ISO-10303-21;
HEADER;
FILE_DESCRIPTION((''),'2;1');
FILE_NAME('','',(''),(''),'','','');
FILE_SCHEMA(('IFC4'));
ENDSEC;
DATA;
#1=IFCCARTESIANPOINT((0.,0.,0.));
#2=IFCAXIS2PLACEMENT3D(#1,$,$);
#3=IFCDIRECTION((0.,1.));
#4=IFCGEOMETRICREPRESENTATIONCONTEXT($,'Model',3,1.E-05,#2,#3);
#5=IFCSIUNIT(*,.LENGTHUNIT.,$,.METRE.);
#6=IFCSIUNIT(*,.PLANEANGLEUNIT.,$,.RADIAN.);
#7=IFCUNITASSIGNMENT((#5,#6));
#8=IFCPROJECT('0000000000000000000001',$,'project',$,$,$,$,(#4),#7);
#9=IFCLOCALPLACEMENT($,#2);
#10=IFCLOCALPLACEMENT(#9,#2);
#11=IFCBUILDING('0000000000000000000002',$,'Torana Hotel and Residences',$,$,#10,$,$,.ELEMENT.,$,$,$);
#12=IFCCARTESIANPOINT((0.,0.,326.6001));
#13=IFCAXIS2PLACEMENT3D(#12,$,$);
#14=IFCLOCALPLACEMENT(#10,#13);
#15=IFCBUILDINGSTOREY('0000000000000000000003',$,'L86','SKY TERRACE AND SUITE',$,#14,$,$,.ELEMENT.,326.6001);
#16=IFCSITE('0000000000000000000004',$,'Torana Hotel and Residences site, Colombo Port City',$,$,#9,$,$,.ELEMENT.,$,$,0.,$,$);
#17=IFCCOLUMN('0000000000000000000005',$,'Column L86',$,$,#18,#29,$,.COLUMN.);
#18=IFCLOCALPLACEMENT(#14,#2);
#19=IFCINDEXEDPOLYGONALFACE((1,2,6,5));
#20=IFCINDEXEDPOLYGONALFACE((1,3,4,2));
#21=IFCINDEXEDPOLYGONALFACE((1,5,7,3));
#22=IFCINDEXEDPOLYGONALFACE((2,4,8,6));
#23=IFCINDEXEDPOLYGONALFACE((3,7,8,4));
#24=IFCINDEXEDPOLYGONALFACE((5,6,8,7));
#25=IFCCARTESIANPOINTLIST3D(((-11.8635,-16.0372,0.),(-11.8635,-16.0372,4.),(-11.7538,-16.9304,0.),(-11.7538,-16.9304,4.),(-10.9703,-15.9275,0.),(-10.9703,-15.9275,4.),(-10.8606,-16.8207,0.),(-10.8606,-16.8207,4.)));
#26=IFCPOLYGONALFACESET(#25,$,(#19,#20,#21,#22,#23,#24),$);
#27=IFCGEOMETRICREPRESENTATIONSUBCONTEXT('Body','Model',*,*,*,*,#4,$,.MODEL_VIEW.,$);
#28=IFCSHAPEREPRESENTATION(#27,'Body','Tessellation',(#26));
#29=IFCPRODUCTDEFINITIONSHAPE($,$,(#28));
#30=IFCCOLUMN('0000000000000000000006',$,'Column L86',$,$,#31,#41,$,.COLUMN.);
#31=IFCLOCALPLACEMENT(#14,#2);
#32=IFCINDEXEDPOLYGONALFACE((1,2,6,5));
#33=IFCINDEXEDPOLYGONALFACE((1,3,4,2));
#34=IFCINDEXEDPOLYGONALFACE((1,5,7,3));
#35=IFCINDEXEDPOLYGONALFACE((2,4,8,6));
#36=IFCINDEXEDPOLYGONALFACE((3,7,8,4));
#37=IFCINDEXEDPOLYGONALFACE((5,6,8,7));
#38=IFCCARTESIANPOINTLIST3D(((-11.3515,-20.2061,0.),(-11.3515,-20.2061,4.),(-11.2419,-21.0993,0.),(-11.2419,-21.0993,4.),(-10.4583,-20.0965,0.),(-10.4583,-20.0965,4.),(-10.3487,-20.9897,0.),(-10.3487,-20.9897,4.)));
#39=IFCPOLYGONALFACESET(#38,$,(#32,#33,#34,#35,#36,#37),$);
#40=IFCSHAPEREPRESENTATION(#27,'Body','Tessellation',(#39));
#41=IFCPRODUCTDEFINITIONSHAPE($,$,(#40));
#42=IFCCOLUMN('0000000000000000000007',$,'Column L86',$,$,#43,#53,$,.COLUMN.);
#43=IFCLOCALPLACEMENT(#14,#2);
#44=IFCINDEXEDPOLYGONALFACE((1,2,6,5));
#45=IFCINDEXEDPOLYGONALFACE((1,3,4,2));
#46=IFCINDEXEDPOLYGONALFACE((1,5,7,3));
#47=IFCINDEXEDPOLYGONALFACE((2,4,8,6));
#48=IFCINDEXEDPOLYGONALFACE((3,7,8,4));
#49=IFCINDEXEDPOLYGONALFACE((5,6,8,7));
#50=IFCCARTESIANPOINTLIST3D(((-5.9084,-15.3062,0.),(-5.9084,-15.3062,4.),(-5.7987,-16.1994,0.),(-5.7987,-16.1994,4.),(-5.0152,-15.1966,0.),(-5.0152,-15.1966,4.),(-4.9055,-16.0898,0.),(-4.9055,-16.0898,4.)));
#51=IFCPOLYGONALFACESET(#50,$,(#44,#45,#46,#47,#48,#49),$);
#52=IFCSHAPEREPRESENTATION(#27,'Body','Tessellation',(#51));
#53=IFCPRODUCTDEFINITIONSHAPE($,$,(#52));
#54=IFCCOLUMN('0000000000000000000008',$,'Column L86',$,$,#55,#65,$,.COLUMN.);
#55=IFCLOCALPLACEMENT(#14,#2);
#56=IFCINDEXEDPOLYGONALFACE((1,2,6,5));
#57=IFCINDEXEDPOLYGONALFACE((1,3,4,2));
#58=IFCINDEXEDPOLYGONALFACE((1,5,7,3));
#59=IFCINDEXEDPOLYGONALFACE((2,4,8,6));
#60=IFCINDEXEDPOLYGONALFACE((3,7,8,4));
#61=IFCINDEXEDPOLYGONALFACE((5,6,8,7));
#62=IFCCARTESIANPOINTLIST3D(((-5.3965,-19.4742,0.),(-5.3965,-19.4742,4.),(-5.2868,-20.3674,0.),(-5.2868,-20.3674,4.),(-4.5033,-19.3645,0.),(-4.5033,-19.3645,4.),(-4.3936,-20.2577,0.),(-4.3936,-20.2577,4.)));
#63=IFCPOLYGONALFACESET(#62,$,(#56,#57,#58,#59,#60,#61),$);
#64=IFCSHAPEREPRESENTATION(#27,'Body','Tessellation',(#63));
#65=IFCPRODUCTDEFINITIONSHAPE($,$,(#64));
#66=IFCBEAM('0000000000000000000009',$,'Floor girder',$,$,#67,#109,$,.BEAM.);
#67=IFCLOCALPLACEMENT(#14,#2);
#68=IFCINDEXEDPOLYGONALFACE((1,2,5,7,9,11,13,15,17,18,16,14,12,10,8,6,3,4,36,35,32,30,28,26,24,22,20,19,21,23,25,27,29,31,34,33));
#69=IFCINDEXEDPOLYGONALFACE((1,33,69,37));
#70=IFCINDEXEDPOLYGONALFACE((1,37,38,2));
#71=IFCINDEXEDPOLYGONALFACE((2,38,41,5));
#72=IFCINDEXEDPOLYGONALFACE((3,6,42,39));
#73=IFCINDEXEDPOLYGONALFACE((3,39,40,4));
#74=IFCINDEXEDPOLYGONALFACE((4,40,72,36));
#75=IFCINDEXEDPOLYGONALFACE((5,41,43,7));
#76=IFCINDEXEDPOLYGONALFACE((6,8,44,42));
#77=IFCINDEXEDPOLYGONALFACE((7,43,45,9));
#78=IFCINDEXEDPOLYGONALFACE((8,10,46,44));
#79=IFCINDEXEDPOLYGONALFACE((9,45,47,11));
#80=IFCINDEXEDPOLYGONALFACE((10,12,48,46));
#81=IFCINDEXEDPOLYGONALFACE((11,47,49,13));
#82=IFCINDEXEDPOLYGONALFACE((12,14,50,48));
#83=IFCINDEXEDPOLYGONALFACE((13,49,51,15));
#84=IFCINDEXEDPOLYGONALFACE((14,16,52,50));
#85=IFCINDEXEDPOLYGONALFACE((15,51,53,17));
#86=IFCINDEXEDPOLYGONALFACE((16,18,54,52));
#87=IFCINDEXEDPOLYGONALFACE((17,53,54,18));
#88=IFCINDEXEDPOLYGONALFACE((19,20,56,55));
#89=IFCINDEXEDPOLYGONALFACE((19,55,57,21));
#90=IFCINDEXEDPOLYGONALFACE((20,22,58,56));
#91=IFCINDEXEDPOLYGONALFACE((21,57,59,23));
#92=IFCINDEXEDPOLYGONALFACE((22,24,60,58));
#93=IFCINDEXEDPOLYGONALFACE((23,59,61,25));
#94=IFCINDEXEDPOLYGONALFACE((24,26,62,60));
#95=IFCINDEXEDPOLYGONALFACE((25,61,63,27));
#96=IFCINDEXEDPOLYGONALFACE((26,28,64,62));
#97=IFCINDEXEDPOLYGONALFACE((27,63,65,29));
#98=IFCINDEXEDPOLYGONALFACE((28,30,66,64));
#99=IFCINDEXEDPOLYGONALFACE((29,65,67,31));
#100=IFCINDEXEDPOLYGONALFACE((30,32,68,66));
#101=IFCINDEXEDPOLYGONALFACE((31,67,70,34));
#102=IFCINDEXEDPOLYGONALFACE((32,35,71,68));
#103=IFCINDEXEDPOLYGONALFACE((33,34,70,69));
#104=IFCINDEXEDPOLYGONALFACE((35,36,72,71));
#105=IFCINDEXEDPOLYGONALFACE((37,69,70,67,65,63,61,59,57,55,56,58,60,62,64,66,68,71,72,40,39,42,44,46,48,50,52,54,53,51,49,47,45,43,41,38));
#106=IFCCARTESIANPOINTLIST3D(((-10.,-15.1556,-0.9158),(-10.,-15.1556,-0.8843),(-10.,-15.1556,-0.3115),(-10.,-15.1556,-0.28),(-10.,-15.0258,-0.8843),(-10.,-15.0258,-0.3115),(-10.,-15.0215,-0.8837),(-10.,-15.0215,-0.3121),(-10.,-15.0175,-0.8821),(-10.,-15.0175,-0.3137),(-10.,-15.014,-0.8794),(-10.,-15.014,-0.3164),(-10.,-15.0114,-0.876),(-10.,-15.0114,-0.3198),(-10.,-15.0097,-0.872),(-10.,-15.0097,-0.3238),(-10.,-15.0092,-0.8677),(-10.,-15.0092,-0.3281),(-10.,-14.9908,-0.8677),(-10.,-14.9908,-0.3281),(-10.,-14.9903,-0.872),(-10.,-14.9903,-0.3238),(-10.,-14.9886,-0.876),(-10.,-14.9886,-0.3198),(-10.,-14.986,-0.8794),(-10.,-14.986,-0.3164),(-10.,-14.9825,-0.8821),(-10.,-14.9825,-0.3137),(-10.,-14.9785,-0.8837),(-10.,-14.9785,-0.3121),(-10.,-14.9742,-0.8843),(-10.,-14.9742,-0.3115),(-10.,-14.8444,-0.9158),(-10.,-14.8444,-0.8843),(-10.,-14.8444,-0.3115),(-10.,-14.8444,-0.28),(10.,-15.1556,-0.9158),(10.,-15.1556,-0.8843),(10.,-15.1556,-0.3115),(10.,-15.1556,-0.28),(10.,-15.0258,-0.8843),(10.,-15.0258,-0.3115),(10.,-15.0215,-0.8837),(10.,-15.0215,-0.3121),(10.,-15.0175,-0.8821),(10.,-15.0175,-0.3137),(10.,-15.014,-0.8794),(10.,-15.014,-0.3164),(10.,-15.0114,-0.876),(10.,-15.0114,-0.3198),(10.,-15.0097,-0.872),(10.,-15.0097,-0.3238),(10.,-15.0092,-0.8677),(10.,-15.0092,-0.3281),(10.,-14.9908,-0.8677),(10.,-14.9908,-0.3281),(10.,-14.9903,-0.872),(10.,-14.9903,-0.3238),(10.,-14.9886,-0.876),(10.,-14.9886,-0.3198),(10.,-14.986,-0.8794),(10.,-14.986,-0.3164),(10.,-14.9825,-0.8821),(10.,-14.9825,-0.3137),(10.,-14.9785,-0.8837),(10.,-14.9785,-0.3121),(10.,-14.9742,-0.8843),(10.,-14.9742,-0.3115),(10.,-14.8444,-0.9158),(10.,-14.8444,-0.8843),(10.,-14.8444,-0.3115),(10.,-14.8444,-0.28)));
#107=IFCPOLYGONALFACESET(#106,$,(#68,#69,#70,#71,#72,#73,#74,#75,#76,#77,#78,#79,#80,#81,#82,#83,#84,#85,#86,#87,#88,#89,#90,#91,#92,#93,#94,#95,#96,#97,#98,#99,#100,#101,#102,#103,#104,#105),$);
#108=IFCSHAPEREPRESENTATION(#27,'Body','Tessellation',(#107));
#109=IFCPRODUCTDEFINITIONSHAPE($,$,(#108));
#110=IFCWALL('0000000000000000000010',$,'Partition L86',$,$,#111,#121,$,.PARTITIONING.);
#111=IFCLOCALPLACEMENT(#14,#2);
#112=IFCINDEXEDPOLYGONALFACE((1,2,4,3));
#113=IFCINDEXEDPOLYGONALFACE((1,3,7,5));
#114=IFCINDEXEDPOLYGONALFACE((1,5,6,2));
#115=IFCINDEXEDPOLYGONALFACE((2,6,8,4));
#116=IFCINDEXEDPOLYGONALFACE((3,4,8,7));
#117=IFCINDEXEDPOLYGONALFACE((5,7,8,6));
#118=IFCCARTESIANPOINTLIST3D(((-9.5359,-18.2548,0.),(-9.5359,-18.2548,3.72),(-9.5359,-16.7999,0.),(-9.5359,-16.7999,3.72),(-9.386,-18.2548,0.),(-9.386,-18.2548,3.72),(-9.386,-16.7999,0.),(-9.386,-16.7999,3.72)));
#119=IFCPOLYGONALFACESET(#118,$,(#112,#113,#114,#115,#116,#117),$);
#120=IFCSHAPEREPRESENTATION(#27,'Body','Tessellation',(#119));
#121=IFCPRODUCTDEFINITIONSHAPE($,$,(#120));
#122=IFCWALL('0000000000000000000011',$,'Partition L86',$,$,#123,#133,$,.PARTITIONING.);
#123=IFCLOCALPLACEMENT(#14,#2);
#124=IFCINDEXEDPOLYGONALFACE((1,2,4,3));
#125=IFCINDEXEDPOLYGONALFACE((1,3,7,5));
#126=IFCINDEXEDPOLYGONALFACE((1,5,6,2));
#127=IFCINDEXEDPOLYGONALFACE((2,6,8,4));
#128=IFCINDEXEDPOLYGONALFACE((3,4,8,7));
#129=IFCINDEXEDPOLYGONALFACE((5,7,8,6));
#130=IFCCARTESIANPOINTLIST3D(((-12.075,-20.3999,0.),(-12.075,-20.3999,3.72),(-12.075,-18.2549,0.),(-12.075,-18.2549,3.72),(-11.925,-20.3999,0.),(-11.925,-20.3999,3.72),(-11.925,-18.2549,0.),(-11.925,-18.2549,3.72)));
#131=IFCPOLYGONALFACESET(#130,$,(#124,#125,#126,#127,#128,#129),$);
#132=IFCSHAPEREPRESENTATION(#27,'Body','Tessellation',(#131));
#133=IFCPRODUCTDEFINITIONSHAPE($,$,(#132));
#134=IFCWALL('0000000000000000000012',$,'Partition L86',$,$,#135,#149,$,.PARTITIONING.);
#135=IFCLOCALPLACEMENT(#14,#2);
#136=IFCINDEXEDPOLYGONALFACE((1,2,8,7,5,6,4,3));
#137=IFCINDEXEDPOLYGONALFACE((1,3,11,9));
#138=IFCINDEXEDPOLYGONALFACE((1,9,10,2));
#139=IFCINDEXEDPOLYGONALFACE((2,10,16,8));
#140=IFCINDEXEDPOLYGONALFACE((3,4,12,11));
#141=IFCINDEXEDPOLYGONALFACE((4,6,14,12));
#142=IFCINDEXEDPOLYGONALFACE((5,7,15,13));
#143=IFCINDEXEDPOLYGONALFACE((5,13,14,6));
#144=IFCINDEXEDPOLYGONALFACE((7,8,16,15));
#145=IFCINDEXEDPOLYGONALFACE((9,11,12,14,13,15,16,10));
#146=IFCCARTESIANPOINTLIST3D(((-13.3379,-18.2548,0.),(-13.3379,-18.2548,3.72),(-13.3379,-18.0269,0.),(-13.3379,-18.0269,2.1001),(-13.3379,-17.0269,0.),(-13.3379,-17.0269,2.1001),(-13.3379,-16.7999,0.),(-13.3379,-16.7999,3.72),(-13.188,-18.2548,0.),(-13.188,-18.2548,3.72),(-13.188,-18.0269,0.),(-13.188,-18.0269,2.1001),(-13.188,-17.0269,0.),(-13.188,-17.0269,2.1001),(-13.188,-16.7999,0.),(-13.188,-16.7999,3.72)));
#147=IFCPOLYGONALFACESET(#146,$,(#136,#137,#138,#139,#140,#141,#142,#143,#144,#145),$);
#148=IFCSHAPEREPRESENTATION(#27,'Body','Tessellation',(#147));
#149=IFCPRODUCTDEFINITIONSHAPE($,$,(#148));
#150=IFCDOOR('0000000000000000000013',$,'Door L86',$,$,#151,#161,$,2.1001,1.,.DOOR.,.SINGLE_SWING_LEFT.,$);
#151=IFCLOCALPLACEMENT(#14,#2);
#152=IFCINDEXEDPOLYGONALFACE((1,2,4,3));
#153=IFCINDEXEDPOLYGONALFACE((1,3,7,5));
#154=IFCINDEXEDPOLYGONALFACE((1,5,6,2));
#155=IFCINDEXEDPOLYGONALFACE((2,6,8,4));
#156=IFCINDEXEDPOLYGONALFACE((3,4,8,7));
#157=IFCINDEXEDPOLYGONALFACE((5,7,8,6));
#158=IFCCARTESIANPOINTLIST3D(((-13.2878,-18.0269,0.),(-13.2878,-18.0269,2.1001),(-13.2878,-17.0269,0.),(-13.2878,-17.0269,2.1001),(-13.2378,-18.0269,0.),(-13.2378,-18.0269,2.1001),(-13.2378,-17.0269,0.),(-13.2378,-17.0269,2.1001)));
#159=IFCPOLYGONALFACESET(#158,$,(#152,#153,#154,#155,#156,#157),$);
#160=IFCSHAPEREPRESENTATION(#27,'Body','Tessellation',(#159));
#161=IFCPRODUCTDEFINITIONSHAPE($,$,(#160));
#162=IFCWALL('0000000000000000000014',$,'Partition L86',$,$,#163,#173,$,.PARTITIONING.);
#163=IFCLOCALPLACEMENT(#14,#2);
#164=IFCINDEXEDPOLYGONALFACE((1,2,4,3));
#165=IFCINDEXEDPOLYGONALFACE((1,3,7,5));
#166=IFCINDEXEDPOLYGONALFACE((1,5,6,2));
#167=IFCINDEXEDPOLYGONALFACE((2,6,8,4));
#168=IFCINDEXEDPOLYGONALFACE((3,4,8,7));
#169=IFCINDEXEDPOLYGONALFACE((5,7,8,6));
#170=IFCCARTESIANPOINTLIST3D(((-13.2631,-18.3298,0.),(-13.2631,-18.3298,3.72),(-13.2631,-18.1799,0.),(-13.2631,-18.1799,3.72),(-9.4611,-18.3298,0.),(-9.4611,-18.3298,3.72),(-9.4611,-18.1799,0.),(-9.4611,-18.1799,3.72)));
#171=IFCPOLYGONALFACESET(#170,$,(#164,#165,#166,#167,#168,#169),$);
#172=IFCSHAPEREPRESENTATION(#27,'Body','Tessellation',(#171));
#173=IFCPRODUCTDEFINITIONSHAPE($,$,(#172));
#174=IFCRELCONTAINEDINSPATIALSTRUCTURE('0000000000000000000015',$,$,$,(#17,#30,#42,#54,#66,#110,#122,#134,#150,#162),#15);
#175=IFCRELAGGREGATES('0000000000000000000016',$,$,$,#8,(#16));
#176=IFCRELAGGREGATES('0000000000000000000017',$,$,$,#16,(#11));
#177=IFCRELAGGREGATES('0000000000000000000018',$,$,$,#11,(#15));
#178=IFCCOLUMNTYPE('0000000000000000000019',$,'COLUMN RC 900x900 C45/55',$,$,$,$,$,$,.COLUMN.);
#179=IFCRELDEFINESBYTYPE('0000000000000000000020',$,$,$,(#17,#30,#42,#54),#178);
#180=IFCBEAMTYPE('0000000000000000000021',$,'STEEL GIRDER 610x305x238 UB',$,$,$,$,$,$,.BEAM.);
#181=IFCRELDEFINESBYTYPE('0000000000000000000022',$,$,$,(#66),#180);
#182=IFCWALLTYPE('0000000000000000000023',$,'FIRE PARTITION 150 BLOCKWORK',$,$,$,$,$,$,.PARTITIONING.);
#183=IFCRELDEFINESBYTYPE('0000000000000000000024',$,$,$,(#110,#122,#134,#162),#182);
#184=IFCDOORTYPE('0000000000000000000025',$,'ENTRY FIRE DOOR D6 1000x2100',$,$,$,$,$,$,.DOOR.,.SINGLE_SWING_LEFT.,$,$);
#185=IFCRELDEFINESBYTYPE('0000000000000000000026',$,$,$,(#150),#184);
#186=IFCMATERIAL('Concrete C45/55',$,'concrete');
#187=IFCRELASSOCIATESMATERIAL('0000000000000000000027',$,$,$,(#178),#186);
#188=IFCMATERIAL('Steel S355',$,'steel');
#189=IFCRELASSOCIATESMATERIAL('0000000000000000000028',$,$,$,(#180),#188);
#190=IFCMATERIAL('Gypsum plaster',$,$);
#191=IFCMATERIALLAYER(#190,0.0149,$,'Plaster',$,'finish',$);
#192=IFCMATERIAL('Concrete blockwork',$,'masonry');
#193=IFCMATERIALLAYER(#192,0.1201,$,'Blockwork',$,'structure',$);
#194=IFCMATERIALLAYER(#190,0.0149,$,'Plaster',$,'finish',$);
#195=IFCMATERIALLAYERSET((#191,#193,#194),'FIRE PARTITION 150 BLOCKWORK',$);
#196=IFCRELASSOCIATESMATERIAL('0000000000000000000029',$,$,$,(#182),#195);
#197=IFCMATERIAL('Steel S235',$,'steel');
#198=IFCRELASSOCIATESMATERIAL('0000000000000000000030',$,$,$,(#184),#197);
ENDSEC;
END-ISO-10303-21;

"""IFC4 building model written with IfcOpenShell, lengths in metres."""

from ifc_helpers import new_model, si_unit, direction, frame, frame_2d, origin, origin_2d, place, context, subcontext, project, spatial, rectangle, i_section, extrude, material, layer, layer_set, material_profile, profile_set, type_object, element, fill, save


model = new_model("IFC4")

# Units and contexts
model_context = context("Model", 3, precision=1e-05, world=origin(), true_north=direction((0.0, 1.0)))
body_context = subcontext(model_context, "Body", "Model", "MODEL_VIEW")
ifc_project = project(units=[si_unit("LENGTHUNIT", "METRE"), si_unit("PLANEANGLEUNIT", "RADIAN")], contexts=[model_context])

# Site, building, storey
site_placement = place(None, origin())
site = spatial("IfcSite", under=ifc_project, at=site_placement, Name="Torana Hotel and Residences site, Colombo Port City", CompositionType="ELEMENT", RefElevation=0.0)
building_placement = place(site_placement, origin())
building = spatial("IfcBuilding", under=site, at=building_placement, Name="Torana Hotel and Residences", CompositionType="ELEMENT")
storey_placement = place(building_placement, frame((0.0, 0.0, 326.6001)))
storey = spatial("IfcBuildingStorey", under=building, at=storey_placement, Name="L86", Description="SKY TERRACE AND SUITE", CompositionType="ELEMENT", Elevation=326.6001)

# Columns
ifc_material_1 = material(Name="Concrete C45/55", Category="concrete")
ifc_material_profile_1 = material_profile(ifc_material_1, rectangle(XDim=0.8999, YDim=0.8999, at=origin_2d()), Name="RC 900x900")
ifc_profile_set_1 = profile_set([ifc_material_profile_1], Name="Concrete C45/55")
column_type = type_object("IfcColumnType", Name="COLUMN RC 900x900 C45/55", PredefinedType="COLUMN", material=ifc_profile_set_1)
for number, where, z_axis, x_axis, name in (
    (1, (-11.3621, -16.429, 0.0), (0.0, 0.0, 1.0), (0.992546, 0.121869, 0.0), "Column L86"),
    (2, (-10.8501, -20.5979, 0.0), (0.0, 0.0, 1.0), (0.992546, 0.121869, 0.0), "Column L86"),
    (3, (-5.407, -15.698, 0.0), (0.0, 0.0, 1.0), (0.992546, 0.121869, 0.0), "Column L86"),
    (4, (-4.895, -19.866, 0.0), (0.0, 0.0, 1.0), (0.992546, 0.121869, 0.0), "Column L86"),
):
    element("IfcColumn", number, at=place(storey_placement, frame(where, z_axis=z_axis, x_axis=x_axis)), inside=storey, type_object=column_type, Name=name, PredefinedType="COLUMN", context=body_context, shape_type="SweptSolid", body=[
        extrude(rectangle(XDim=0.8999, YDim=0.8999, at=origin_2d()), origin(), (0.0, 0.0, 1.0), 4.0),
    ])

# Beam
ifc_material_2 = material(Name="Steel S355", Category="steel")
ifc_material_profile_2 = material_profile(ifc_material_2, i_section(OverallWidth=0.3113, OverallDepth=0.6357, WebThickness=0.0183, FlangeThickness=0.0315, FilletRadius=0.0166, at=origin_2d()), Name="610x305x238 UB")
ifc_profile_set_2 = profile_set([ifc_material_profile_2], Name="Steel S355")
beam_type = type_object("IfcBeamType", Name="STEEL GIRDER 610x305x238 UB", PredefinedType="BEAM", material=ifc_profile_set_2)
beam_placement = place(storey_placement, frame((-10.0, -15.0, -0.5979), z_axis=(1.0, 0.0, 0.0), x_axis=(0.0, 1.0, 0.0)))
element("IfcBeam", 5, at=beam_placement, inside=storey, type_object=beam_type, Name="Floor girder", PredefinedType="BEAM", context=body_context, shape_type="SweptSolid", body=[
    extrude(i_section(OverallWidth=0.3113, OverallDepth=0.6357, WebThickness=0.0183, FlangeThickness=0.0315, FilletRadius=0.0166, at=origin_2d()), origin(), (0.0, 0.0, 1.0), 20.0),
])

# Walls
ifc_material_3 = material(Name="Gypsum plaster")
ifc_layer_1 = layer(ifc_material_3, 0.0149, Name="Plaster", Category="finish")
ifc_material_4 = material(Name="Concrete blockwork", Category="masonry")
ifc_layer_2 = layer(ifc_material_4, 0.1201, Name="Blockwork", Category="structure")
ifc_layer_3 = layer(ifc_material_3, 0.0149, Name="Plaster", Category="finish")
ifc_layer_set_1 = layer_set([ifc_layer_1, ifc_layer_2, ifc_layer_3], Name="FIRE PARTITION 150 BLOCKWORK")
wall_type_1 = type_object("IfcWallType", Name="FIRE PARTITION 150 BLOCKWORK", PredefinedType="PARTITIONING", material=ifc_layer_set_1)
wall_1_placement = place(storey_placement, frame((-9.4609, -18.2549, 0.0), z_axis=(0.0, 0.0, 1.0), x_axis=(0.0, 1.0, 0.0)))
element("IfcWall", 6, at=wall_1_placement, inside=storey, type_object=wall_type_1, Name="Partition L86", PredefinedType="PARTITIONING", context=body_context, shape_type="SweptSolid", body=[
    extrude(rectangle(XDim=1.4548, YDim=0.1499, at=frame_2d((0.7275, 0.0))), origin(), (0.0, 0.0, 1.0), 3.72),
])
wall_2_placement = place(storey_placement, frame((-12.0, -20.3999, 0.0), z_axis=(0.0, 0.0, 1.0), x_axis=(0.0, 1.0, 0.0)))
element("IfcWall", 7, at=wall_2_placement, inside=storey, type_object=wall_type_1, Name="Partition L86", PredefinedType="PARTITIONING", context=body_context, shape_type="SweptSolid", body=[
    extrude(rectangle(XDim=2.145, YDim=0.1499, at=frame_2d((1.0725, 0.0))), origin(), (0.0, 0.0, 1.0), 3.72),
])

# Wall, opening, door
wall_3_placement = place(storey_placement, frame((-13.2629, -18.2549, 0.0), z_axis=(0.0, 0.0, 1.0), x_axis=(0.0, 1.0, 0.0)))
wall_3 = element("IfcWall", 8, at=wall_3_placement, inside=storey, type_object=wall_type_1, Name="Partition L86", PredefinedType="PARTITIONING", context=body_context, shape_type="SweptSolid", body=[
    extrude(rectangle(XDim=1.4548, YDim=0.1499, at=frame_2d((0.7275, 0.0))), origin(), (0.0, 0.0, 1.0), 3.72),
])
opening_1_placement = place(wall_3_placement, frame((0.228, 0.0, 0.0)))
opening_1 = element("IfcOpeningElement", 9, at=opening_1_placement, cuts=wall_3, PredefinedType="OPENING", context=body_context, shape_type="SweptSolid", body=[
    extrude(rectangle(XDim=1.0, YDim=2.1001, at=frame_2d((0.5, 1.05))), frame((0.0, 0.085, 0.0), z_axis=(0.0, -1.0, 0.0), x_axis=(1.0, 0.0, 0.0)), (0.0, 0.0, 1.0), 0.1699),
])
ifc_material_5 = material(Name="Steel S235", Category="steel")
door_type_1 = type_object("IfcDoorType", Name="ENTRY FIRE DOOR D6 1000x2100", OperationType="SINGLE_SWING_LEFT", PredefinedType="DOOR", material=ifc_material_5)
door_1_placement = place(opening_1_placement, frame((0.5, 0.0, 0.0), z_axis=(0.0, 0.0, 1.0), x_axis=(-1.0, 0.0, 0.0)))
door_1 = element("IfcDoor", 10, at=door_1_placement, inside=storey, type_object=door_type_1, Name="Door L86", OperationType="SINGLE_SWING_LEFT", OverallHeight=2.1001, OverallWidth=1.0, PredefinedType="DOOR", context=body_context, shape_type="SweptSolid", body=[
    extrude(rectangle(XDim=1.0, YDim=2.1001, at=frame_2d((0.0, 1.05))), frame((0.0, -0.0249, 0.0), z_axis=(0.0, 1.0, 0.0), x_axis=(-1.0, 0.0, 0.0)), (0.0, 0.0, 1.0), 0.05),
])
fill(opening_1, door_1)

# Wall
wall_4_placement = place(storey_placement, frame((-13.2629, -18.2549, 0.0), z_axis=(0.0, 0.0, 1.0), x_axis=(1.0, 0.0, 0.0)))
element("IfcWall", 11, at=wall_4_placement, inside=storey, type_object=wall_type_1, Name="Partition L86", PredefinedType="PARTITIONING", context=body_context, shape_type="SweptSolid", body=[
    extrude(rectangle(XDim=3.802, YDim=0.1499, at=frame_2d((1.9009, 0.0))), origin(), (0.0, 0.0, 1.0), 3.72),
])

save(model, "model.ifc")
